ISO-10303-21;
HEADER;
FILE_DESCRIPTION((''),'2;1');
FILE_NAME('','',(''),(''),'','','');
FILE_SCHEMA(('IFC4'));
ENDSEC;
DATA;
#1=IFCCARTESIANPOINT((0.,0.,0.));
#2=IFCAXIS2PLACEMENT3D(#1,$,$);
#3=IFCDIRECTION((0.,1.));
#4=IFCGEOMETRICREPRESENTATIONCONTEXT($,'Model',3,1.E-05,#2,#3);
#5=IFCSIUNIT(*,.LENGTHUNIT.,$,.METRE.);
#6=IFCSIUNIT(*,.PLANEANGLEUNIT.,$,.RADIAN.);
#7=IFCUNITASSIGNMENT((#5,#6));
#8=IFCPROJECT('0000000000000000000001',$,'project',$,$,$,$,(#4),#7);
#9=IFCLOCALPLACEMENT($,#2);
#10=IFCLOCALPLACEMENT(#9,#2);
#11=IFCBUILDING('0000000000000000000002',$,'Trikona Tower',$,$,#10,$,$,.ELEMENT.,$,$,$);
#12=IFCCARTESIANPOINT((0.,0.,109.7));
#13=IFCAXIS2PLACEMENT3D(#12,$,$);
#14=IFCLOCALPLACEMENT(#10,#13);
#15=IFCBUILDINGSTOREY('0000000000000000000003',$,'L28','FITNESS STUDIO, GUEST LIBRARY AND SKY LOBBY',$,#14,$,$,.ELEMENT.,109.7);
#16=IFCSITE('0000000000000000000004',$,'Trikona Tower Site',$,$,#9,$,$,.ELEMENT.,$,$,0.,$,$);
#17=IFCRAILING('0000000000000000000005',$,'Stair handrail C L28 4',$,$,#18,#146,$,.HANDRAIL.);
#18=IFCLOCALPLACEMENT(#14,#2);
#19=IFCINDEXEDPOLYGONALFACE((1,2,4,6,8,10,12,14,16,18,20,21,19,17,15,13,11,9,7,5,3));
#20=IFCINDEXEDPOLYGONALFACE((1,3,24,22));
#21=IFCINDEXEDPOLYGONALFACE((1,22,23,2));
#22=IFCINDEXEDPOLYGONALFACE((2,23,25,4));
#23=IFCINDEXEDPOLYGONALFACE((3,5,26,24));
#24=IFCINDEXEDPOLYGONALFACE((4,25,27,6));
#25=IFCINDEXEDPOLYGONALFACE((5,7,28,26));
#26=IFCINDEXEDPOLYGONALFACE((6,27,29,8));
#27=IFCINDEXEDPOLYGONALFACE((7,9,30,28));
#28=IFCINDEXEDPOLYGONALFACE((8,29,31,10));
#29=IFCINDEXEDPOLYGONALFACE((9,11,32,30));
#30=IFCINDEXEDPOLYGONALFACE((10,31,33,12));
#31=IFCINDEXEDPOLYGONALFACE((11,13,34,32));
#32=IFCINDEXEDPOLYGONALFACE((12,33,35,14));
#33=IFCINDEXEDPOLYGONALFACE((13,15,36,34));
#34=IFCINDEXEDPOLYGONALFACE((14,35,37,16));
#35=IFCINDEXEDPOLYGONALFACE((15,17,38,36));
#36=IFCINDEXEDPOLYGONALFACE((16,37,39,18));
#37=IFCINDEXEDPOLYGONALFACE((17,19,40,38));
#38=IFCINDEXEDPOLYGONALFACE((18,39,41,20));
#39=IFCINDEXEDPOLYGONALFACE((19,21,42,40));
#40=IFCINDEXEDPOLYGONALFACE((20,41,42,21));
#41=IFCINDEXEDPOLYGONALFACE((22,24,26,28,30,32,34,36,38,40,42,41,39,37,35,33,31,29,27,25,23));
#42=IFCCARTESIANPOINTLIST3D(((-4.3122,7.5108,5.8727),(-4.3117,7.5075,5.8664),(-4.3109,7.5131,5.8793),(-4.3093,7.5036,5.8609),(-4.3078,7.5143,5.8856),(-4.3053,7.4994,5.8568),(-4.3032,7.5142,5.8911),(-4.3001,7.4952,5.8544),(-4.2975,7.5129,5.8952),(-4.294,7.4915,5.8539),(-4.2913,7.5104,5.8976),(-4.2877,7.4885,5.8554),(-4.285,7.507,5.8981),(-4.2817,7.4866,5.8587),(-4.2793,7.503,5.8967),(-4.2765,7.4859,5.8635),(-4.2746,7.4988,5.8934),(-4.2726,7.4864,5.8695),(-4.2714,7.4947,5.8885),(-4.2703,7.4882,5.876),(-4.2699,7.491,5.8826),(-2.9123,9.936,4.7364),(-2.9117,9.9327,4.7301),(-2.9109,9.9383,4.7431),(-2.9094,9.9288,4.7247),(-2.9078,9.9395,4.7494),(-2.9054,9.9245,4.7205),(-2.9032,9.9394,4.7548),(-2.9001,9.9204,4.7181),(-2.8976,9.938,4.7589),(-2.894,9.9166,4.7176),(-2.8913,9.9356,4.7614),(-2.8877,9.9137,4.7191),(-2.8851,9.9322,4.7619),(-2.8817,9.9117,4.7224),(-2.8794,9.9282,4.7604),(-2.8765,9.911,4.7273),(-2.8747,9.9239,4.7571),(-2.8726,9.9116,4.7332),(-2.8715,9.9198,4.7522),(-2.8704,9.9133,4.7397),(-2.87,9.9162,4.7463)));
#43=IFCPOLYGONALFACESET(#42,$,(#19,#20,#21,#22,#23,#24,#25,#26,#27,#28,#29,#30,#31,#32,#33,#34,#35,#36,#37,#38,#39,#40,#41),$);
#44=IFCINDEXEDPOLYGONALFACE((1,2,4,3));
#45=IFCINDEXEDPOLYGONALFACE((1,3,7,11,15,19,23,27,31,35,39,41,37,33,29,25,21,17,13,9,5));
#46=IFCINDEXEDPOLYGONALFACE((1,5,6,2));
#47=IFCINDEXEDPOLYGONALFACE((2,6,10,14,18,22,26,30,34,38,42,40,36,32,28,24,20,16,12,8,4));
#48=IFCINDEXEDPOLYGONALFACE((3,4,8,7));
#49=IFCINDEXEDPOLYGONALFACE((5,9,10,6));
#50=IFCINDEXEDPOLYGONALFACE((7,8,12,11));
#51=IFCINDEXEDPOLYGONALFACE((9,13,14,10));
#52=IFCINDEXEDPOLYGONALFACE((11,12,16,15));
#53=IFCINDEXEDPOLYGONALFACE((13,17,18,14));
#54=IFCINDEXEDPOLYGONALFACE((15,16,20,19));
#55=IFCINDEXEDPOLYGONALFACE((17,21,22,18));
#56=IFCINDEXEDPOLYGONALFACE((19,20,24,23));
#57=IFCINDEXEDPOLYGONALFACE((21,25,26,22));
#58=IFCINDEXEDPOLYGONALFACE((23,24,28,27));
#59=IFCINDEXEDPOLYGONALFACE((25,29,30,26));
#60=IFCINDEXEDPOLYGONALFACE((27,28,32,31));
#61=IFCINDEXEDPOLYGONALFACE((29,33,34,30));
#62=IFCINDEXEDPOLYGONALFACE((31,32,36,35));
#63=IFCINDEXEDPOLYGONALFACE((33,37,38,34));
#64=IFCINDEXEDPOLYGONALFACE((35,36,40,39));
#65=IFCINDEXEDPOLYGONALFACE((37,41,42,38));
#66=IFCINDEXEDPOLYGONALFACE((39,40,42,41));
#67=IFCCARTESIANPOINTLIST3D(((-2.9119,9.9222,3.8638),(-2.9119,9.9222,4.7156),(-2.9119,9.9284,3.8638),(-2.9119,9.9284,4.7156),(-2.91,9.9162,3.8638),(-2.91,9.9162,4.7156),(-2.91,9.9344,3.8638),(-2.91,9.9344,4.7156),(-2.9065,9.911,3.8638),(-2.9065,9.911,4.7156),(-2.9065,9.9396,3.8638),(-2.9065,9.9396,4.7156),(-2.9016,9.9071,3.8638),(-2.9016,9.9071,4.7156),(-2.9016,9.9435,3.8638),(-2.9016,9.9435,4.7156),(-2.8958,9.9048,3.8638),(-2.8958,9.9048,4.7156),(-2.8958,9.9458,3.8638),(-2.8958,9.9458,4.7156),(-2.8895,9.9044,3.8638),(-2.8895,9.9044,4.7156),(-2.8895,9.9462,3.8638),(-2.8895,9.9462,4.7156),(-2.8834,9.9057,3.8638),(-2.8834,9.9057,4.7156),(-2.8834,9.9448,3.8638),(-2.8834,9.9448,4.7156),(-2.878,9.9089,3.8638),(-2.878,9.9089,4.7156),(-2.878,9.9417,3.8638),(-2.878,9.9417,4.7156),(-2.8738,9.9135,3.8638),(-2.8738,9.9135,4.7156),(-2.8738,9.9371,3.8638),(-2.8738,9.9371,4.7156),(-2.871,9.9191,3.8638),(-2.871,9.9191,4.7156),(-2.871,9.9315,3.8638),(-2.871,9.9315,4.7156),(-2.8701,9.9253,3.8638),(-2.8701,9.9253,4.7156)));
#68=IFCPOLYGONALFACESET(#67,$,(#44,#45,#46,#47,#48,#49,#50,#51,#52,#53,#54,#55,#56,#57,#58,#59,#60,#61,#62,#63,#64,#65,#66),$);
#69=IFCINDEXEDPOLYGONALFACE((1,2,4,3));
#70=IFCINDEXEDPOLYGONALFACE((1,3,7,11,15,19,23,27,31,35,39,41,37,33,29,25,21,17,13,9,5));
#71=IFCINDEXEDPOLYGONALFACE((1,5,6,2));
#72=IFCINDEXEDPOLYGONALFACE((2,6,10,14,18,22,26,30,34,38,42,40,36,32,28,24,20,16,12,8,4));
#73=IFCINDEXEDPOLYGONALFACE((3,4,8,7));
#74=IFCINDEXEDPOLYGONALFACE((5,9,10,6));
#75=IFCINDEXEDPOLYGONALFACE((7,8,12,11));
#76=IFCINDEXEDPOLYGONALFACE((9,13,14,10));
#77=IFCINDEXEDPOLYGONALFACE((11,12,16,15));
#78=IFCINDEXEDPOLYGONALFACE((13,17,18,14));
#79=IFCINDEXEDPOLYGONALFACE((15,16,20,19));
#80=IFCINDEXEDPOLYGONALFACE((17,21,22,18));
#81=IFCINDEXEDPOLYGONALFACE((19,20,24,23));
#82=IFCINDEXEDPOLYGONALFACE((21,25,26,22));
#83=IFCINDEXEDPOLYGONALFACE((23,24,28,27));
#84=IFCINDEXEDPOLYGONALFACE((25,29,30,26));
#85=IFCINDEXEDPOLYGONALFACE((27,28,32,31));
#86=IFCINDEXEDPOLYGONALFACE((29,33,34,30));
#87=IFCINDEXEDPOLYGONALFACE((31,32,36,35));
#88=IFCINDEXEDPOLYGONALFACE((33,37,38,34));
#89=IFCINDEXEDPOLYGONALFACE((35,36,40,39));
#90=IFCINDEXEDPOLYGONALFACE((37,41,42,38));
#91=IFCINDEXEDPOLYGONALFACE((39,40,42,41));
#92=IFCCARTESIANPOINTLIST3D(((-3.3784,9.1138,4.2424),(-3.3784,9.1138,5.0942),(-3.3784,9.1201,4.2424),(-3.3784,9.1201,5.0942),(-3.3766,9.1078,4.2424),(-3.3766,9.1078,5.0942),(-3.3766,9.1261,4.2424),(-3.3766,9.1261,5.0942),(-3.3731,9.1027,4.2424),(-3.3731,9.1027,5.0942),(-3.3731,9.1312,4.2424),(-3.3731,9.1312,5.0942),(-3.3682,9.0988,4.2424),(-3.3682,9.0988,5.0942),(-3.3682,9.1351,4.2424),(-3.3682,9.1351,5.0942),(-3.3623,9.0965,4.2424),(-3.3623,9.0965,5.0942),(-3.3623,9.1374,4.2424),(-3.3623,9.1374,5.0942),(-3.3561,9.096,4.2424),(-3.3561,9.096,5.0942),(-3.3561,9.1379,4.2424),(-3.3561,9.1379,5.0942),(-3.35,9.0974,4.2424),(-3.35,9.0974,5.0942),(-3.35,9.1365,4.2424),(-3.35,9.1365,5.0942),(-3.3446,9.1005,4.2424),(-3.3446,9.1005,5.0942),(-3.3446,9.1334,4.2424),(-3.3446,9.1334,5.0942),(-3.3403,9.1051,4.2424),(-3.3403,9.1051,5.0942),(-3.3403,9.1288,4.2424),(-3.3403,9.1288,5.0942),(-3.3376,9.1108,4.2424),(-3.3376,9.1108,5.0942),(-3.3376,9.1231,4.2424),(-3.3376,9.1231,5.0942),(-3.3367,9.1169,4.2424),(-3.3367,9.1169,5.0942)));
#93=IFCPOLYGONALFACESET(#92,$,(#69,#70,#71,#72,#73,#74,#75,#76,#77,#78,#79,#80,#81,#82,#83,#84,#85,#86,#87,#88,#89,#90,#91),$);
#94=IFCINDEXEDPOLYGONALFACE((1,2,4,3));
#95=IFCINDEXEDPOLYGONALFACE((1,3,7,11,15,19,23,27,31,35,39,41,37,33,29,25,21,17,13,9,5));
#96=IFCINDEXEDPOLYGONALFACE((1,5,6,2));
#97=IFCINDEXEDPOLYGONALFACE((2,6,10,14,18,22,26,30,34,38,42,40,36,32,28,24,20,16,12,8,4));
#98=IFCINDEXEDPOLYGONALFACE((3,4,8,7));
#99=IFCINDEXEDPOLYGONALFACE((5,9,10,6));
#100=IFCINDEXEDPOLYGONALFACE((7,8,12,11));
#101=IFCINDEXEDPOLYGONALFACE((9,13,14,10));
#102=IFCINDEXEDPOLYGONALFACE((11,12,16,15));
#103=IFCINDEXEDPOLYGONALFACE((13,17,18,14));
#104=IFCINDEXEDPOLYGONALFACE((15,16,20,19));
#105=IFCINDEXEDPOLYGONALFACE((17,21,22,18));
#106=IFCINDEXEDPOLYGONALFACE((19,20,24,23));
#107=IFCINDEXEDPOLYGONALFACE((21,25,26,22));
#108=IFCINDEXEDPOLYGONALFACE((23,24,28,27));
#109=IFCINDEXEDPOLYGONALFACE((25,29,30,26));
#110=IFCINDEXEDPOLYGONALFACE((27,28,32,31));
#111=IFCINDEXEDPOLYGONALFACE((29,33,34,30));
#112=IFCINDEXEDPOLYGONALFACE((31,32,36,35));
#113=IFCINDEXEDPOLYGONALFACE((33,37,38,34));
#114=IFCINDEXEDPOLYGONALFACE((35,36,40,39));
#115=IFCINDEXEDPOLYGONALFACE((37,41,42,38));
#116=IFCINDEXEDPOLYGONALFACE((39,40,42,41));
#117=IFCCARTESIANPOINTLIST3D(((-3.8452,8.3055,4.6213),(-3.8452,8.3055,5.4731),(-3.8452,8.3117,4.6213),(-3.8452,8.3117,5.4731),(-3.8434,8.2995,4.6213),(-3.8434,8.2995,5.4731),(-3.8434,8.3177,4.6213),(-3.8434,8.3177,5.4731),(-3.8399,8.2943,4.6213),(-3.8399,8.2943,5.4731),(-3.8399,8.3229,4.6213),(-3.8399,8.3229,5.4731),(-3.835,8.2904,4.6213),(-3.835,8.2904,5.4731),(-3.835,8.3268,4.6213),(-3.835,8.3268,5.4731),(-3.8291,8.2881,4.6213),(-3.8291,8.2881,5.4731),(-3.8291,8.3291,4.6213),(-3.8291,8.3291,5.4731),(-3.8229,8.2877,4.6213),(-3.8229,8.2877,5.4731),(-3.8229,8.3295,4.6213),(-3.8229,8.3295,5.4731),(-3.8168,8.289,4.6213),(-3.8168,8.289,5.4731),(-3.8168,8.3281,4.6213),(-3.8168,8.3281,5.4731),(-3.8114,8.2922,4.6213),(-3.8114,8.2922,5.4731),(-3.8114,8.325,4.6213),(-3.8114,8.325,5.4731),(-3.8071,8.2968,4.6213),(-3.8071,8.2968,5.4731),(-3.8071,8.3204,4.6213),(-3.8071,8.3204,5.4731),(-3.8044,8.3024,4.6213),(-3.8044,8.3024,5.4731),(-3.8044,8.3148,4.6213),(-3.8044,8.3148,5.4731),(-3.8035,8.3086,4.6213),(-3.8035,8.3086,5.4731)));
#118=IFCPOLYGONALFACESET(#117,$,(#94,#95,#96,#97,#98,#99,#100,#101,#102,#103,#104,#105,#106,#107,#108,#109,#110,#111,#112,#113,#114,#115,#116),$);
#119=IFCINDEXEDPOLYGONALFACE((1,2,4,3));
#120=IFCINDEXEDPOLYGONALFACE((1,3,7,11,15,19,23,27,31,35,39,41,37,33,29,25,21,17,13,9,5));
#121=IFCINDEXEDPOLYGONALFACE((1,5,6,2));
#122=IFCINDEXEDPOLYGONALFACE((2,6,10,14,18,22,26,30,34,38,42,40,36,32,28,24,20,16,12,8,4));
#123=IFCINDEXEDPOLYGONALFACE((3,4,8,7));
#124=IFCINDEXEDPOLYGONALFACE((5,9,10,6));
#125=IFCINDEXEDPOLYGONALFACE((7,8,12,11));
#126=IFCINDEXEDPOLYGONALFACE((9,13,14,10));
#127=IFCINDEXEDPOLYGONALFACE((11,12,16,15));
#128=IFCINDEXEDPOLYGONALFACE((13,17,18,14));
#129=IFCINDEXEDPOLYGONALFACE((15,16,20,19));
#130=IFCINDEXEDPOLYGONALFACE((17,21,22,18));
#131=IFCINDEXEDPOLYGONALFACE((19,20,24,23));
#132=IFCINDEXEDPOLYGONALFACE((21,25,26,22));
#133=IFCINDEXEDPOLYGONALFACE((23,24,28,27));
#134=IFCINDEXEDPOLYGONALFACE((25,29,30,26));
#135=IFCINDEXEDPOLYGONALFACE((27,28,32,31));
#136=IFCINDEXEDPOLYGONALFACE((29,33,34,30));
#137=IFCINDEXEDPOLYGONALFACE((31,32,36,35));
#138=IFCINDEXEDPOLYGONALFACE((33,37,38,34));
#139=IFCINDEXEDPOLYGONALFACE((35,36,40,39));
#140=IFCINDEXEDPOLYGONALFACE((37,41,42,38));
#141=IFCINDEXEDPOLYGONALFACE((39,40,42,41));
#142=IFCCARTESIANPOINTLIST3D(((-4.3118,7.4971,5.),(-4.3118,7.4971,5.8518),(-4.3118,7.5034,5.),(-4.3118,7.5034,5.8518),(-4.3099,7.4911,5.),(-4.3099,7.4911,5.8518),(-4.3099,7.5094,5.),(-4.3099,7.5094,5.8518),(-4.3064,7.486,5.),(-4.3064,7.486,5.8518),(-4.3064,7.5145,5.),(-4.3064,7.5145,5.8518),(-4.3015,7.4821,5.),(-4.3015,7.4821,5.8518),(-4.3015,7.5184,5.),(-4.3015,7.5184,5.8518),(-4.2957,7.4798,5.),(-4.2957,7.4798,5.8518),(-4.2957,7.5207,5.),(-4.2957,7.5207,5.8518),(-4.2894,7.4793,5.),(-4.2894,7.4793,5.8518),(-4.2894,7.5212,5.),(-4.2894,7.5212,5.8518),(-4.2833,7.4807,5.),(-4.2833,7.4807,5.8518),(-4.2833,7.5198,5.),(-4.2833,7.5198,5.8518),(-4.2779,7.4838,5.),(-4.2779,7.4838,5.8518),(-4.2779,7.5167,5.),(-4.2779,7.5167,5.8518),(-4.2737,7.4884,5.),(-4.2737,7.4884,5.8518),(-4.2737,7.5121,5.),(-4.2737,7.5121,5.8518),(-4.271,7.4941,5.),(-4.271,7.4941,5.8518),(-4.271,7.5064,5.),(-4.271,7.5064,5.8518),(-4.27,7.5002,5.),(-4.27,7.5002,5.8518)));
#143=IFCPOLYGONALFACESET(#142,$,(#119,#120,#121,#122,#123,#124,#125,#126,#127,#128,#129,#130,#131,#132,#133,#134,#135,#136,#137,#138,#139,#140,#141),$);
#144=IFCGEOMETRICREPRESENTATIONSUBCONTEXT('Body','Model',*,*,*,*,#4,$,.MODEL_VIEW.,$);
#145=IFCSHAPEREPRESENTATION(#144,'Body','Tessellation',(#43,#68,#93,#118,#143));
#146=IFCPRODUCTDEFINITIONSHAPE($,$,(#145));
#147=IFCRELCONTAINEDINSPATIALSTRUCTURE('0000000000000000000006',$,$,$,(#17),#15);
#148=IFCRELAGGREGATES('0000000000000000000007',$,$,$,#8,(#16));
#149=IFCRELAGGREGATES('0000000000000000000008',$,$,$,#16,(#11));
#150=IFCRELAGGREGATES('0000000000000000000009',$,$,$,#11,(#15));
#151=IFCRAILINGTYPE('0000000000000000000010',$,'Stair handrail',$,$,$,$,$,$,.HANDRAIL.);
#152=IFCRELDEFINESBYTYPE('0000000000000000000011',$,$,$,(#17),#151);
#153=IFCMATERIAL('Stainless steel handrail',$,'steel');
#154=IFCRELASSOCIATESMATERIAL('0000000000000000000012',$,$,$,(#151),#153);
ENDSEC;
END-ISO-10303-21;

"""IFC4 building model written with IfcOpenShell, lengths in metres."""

from ifc_helpers import new_model, si_unit, direction, frame, origin, origin_2d, place, context, subcontext, project, spatial, circle, extrude, material, type_object, element, save


model = new_model("IFC4")

# Units and contexts
model_context = context("Model", 3, precision=1e-05, world=origin(), true_north=direction((0.0, 1.0)))
body_context = subcontext(model_context, "Body", "Model", "MODEL_VIEW")
ifc_project = project(units=[si_unit("LENGTHUNIT", "METRE"), si_unit("PLANEANGLEUNIT", "RADIAN")], contexts=[model_context])

# Site, building, storey
site_placement = place(None, origin())
site = spatial("IfcSite", under=ifc_project, at=site_placement, Name="Trikona Tower Site", CompositionType="ELEMENT", RefElevation=0.0)
building_placement = place(site_placement, origin())
building = spatial("IfcBuilding", under=site, at=building_placement, Name="Trikona Tower", CompositionType="ELEMENT")
storey_placement = place(building_placement, frame((0.0, 0.0, 109.7)))
storey = spatial("IfcBuildingStorey", under=building, at=storey_placement, Name="L28", Description="FITNESS STUDIO, GUEST LIBRARY AND SKY LOBBY", CompositionType="ELEMENT", Elevation=109.7)

# Railing
ifc_material_1 = material(Name="Stainless steel handrail", Category="steel")
railing_type = type_object("IfcRailingType", Name="Stair handrail", PredefinedType="HANDRAIL", material=ifc_material_1)
railing_1_placement = place(storey_placement, frame((-2.8911, 9.9253, 3.8638)))
element("IfcRailing", 1, at=railing_1_placement, inside=storey, type_object=railing_type, Name="Stair handrail C L28 4", PredefinedType="HANDRAIL", context=body_context, shape_type="SweptSolid", body=[
    extrude(circle(Radius=0.0239, at=origin_2d()), frame((0.0, 0.0, 0.876), z_axis=(-0.463259, -0.802503, 0.376004), x_axis=(0.866056, -0.499946, 0.0)), (0.0, 0.0, 1.0), 3.022),
    extrude(circle(Radius=0.021, at=origin_2d()), origin(), (0.0, 0.0, 1.0), 0.8518),
    extrude(circle(Radius=0.021, at=origin_2d()), frame((-0.4666, -0.8083, 0.3787)), (0.0, 0.0, 1.0), 0.8518),
    extrude(circle(Radius=0.021, at=origin_2d()), frame((-0.9333, -1.6167, 0.7576)), (0.0, 0.0, 1.0), 0.8518),
    extrude(circle(Radius=0.021, at=origin_2d()), frame((-1.3999, -2.425, 1.1362)), (0.0, 0.0, 1.0), 0.8518),
])

save(model, "model.ifc")
